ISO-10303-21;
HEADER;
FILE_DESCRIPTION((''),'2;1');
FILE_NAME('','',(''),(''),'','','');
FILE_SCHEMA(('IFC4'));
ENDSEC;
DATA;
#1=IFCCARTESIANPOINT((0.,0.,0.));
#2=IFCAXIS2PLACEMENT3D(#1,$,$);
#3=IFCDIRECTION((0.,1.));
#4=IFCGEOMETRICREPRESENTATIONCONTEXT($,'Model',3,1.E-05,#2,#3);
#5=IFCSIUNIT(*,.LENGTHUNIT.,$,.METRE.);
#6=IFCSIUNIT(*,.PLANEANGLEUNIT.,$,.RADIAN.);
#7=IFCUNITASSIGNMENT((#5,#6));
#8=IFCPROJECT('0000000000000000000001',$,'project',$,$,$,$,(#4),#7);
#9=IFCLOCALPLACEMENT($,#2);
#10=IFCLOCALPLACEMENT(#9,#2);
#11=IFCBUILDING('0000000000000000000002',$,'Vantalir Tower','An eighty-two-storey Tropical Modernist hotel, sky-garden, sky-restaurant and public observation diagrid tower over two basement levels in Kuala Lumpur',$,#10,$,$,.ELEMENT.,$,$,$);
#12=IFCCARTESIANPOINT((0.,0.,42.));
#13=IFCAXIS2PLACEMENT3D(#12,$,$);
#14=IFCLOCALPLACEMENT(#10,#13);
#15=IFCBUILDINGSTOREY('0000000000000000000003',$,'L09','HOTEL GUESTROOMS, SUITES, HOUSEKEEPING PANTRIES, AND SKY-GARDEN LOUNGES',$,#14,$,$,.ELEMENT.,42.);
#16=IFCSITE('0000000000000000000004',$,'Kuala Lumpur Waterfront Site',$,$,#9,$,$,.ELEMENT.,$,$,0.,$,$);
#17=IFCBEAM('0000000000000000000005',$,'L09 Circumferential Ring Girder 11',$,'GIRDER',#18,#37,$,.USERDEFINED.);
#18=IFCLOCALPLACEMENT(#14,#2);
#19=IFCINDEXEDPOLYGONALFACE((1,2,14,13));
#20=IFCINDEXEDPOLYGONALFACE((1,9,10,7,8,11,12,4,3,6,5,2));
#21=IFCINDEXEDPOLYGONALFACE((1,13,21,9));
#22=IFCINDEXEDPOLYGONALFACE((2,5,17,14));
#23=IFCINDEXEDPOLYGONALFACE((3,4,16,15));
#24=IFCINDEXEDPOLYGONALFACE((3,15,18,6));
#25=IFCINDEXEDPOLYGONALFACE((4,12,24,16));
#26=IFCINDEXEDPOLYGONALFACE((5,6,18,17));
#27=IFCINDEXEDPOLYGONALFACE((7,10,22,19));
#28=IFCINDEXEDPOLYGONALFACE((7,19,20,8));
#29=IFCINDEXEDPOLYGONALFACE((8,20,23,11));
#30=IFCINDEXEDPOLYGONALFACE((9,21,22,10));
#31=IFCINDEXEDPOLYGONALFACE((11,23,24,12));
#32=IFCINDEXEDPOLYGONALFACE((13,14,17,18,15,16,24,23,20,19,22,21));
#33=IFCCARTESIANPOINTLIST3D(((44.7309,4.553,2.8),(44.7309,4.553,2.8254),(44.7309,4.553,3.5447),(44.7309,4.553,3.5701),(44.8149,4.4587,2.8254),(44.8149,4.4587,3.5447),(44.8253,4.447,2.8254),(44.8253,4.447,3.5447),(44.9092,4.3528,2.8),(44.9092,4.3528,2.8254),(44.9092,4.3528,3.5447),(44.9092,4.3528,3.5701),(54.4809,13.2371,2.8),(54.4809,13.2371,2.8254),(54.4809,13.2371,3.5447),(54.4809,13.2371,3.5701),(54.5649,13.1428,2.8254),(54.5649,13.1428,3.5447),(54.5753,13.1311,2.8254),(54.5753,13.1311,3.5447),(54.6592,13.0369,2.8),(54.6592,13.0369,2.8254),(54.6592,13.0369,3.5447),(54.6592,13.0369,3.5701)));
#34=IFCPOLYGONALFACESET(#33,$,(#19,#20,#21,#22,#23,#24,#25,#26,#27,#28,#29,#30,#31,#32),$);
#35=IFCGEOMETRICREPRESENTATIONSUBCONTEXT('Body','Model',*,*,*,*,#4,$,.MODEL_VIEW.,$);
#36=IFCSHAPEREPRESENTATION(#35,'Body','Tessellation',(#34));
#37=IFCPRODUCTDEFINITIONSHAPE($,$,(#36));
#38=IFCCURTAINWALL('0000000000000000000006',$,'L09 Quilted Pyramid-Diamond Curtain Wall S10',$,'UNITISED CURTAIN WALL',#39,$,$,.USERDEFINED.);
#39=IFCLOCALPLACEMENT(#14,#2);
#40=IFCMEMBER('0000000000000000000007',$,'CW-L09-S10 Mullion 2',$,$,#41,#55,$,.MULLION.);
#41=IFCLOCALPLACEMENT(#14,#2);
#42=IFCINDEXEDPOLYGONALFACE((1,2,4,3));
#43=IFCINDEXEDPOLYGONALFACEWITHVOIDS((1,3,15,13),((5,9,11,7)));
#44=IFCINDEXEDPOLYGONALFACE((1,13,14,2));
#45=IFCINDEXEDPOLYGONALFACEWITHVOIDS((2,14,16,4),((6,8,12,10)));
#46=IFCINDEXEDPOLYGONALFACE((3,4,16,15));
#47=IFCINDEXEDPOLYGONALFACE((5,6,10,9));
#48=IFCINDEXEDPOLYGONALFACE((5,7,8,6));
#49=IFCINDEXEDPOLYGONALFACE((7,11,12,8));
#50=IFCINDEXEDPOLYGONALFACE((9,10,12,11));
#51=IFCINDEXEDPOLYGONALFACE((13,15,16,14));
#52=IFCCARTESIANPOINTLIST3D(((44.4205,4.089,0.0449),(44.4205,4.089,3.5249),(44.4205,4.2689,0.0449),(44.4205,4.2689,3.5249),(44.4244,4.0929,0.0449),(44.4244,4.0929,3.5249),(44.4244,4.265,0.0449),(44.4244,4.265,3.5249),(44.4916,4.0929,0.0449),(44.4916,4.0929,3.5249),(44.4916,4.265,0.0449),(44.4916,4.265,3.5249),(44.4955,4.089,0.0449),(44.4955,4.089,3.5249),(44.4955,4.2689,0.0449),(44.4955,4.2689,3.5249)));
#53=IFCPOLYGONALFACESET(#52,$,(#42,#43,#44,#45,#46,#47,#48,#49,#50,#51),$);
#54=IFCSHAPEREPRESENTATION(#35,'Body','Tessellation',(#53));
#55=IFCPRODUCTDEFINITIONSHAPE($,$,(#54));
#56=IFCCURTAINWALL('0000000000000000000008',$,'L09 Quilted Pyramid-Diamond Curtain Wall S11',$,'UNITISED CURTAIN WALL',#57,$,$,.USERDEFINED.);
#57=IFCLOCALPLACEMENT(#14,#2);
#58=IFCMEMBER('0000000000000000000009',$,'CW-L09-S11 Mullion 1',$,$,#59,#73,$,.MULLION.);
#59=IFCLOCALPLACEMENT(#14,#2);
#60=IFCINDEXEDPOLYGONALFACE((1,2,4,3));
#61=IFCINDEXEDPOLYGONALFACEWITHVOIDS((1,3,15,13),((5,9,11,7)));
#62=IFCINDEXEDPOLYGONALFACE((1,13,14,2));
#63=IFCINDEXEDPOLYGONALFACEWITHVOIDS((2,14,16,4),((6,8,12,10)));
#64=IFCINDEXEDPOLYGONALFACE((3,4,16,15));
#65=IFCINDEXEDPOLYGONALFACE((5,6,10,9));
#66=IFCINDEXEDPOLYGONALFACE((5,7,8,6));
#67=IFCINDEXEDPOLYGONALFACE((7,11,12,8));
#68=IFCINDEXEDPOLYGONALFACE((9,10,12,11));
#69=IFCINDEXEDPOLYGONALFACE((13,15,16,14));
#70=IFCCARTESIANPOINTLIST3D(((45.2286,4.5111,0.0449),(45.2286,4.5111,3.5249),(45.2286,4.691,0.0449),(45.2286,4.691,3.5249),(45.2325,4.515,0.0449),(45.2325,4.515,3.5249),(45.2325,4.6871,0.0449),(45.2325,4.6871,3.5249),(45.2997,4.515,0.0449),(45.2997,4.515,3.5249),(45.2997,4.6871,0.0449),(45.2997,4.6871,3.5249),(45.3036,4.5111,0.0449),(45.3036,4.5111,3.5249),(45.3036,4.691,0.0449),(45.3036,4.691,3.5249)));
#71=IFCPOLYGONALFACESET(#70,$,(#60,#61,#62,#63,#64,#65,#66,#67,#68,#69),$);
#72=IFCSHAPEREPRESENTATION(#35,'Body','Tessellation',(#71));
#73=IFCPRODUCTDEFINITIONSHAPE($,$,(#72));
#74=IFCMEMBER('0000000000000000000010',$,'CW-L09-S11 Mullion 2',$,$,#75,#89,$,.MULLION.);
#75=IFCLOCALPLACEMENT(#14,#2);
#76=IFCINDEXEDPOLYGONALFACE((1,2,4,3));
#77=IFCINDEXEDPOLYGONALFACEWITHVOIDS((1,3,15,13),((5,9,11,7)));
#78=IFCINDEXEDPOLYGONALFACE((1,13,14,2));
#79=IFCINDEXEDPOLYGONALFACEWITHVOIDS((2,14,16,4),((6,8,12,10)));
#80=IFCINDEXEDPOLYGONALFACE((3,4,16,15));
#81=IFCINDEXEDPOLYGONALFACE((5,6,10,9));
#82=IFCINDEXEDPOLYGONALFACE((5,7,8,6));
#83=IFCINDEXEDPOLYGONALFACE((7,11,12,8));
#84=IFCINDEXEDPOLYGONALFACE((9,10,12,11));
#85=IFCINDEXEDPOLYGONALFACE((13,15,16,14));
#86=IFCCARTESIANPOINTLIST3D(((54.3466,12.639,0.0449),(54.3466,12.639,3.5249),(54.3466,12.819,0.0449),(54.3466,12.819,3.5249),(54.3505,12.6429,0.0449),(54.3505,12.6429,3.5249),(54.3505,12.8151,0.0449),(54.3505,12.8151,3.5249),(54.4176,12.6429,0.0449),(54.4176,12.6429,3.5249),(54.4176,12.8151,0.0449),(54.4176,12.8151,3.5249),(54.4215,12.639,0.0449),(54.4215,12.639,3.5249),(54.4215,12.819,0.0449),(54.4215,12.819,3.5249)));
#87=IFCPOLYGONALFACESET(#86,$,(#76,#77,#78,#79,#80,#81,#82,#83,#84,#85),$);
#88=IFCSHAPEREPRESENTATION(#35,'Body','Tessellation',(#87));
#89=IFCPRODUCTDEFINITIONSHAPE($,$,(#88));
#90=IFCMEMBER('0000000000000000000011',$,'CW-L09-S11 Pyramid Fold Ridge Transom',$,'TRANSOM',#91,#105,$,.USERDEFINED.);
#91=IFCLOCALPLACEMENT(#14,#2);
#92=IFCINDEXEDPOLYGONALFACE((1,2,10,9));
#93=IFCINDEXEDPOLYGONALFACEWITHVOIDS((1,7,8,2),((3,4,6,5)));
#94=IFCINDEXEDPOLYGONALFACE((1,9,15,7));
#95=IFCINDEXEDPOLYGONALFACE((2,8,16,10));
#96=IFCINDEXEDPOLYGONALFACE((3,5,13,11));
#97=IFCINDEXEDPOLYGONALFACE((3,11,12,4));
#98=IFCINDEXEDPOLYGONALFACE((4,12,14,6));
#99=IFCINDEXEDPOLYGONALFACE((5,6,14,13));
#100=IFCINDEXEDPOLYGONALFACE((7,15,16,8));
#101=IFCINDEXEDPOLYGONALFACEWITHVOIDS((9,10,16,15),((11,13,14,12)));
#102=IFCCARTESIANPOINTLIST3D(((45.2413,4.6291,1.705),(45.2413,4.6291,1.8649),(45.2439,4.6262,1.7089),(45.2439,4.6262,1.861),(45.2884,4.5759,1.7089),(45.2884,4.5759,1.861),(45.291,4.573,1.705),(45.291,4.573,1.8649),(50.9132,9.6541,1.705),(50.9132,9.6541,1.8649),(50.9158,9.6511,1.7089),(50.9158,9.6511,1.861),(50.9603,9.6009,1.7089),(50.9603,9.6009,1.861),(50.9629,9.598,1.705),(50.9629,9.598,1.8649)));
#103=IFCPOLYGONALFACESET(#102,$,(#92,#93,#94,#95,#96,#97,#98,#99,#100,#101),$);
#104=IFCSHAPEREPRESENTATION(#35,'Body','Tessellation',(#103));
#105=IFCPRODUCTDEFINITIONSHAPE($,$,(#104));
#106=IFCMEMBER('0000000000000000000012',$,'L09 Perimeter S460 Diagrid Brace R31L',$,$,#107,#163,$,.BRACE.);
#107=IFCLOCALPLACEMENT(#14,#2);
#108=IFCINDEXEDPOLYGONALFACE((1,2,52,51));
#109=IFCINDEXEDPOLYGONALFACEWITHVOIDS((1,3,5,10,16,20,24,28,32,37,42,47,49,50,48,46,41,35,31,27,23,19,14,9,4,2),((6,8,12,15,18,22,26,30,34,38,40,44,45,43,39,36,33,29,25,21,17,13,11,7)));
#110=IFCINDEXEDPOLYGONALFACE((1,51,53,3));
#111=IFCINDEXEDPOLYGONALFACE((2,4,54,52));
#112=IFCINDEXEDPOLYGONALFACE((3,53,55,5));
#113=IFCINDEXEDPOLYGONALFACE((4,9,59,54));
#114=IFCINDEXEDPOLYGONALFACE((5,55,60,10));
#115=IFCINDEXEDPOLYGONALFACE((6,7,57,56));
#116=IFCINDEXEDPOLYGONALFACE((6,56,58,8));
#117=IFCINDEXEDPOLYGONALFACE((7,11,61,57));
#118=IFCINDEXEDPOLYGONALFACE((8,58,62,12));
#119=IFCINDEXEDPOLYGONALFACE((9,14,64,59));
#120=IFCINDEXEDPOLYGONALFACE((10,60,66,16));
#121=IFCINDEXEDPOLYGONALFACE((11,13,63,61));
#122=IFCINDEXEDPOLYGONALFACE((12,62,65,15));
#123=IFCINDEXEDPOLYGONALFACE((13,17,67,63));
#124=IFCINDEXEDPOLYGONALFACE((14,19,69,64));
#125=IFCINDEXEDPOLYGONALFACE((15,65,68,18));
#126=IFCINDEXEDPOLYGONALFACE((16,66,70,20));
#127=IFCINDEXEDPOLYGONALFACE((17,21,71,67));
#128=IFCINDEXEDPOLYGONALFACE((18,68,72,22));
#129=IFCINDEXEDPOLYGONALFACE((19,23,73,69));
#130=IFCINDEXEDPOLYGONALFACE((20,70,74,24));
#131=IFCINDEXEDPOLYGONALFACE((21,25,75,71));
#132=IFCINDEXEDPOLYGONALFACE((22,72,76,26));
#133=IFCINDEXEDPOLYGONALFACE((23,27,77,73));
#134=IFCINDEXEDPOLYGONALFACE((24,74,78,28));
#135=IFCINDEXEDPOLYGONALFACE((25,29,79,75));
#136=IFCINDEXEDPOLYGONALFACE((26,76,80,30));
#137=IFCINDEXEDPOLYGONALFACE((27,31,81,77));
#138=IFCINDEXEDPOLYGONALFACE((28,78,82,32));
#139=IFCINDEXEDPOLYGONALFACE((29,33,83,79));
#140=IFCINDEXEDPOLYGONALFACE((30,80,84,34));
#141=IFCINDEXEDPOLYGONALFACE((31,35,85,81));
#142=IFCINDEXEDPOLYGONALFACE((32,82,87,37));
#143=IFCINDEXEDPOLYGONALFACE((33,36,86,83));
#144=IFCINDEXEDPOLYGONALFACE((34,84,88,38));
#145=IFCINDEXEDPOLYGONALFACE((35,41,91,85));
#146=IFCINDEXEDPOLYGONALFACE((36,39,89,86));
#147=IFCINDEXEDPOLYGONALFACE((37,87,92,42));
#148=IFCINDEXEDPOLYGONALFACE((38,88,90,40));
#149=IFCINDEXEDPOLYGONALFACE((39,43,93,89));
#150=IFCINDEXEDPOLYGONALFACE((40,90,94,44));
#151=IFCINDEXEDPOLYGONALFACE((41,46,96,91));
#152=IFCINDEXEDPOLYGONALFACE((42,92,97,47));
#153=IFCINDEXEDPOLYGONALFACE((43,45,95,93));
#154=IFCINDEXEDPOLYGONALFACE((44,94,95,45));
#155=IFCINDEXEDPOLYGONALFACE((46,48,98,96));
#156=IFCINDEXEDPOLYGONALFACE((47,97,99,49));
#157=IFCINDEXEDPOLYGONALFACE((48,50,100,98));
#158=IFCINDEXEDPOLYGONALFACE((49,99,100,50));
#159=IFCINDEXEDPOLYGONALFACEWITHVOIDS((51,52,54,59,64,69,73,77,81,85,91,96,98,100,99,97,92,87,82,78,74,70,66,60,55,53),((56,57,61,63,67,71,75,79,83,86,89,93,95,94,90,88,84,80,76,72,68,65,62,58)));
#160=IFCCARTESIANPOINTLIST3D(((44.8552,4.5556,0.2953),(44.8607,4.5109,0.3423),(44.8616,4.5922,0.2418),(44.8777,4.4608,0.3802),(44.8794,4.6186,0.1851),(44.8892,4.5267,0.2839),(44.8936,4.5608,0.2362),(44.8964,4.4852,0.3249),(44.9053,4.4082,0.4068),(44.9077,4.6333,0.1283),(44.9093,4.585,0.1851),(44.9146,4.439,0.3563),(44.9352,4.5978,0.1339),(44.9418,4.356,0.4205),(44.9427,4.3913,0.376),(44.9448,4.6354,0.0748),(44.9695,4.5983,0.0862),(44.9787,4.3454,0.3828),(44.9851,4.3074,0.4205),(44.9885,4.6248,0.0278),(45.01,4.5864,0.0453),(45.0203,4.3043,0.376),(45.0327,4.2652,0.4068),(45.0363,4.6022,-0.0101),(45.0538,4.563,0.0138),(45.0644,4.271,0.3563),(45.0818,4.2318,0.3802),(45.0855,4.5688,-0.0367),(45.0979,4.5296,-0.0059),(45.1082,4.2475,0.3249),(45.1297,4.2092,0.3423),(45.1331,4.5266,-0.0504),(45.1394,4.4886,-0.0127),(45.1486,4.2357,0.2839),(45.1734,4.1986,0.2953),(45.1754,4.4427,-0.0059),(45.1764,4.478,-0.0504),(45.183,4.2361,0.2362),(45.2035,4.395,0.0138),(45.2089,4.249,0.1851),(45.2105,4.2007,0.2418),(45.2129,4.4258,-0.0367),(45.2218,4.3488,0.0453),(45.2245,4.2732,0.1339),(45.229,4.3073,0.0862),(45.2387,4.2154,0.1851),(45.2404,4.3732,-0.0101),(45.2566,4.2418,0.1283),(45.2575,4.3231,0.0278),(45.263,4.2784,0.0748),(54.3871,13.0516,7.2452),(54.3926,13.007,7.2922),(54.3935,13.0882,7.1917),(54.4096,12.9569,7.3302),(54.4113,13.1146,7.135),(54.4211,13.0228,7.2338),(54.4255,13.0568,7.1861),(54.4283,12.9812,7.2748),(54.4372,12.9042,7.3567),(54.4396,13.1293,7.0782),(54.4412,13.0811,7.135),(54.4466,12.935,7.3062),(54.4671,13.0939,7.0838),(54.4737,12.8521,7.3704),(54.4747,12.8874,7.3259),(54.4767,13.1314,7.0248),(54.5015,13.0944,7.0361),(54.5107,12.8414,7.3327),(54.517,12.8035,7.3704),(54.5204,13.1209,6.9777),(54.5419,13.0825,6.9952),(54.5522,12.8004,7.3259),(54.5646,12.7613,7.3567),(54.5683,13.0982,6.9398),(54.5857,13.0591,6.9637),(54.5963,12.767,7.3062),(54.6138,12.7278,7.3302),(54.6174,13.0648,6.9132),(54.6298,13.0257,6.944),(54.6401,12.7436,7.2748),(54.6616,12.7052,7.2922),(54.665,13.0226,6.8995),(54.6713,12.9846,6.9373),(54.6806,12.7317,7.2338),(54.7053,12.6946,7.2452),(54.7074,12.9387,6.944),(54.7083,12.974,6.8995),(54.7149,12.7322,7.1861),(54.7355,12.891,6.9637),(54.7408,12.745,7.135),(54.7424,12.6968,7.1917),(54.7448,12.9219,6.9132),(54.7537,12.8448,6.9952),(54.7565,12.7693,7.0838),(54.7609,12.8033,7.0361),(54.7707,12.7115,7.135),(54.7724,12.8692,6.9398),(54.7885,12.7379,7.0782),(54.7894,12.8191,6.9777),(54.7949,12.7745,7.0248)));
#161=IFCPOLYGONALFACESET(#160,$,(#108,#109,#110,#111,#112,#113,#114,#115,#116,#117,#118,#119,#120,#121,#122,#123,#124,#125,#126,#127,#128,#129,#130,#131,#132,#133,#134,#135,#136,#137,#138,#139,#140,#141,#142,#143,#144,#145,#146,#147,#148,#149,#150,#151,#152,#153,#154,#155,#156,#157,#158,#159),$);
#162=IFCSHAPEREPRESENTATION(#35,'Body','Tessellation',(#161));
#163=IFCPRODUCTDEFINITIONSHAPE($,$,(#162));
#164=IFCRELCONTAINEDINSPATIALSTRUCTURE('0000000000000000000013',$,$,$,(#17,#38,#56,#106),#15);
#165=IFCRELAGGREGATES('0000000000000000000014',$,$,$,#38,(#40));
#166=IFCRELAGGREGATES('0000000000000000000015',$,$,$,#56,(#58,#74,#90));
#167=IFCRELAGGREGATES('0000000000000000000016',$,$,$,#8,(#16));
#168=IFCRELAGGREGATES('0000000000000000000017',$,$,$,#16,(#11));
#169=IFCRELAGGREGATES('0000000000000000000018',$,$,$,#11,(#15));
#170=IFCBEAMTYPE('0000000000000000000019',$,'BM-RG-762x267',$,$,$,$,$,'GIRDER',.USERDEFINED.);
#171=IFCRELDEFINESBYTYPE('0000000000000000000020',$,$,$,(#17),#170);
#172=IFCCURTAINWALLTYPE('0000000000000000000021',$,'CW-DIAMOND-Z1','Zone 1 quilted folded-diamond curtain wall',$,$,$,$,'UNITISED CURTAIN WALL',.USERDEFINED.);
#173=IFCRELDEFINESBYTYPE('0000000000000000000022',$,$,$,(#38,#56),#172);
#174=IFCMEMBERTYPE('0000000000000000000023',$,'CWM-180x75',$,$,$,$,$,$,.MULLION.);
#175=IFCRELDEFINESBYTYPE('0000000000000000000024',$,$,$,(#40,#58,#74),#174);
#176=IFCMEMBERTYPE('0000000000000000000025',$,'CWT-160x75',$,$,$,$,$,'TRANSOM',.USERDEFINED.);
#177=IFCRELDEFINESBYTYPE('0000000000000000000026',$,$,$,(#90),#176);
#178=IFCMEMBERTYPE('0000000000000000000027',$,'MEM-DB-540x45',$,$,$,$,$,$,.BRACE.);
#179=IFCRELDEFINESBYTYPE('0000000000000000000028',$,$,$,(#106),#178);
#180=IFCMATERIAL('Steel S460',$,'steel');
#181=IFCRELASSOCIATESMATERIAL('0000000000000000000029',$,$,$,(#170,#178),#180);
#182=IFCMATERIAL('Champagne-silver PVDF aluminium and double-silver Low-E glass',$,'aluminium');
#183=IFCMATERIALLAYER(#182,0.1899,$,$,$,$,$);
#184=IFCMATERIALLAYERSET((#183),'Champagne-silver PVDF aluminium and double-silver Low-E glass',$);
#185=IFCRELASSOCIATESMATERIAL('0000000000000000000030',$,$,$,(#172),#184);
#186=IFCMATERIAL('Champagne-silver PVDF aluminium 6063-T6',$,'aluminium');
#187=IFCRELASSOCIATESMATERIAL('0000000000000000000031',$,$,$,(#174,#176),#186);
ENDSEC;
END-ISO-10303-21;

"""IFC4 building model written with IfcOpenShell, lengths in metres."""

from ifc_helpers import new_model, si_unit, direction, frame, origin, origin_2d, place, context, subcontext, project, spatial, hollow_rectangle, hollow_circle, i_section, extrude, material, layer, layer_set, material_profile, profile_set, type_object, element, aggregate, save


model = new_model("IFC4")

# Units and contexts
model_context = context("Model", 3, precision=1e-05, world=origin(), true_north=direction((0.0, 1.0)))
body_context = subcontext(model_context, "Body", "Model", "MODEL_VIEW")
ifc_project = project(units=[si_unit("LENGTHUNIT", "METRE"), si_unit("PLANEANGLEUNIT", "RADIAN")], contexts=[model_context])

# Site, building, storey
site_placement = place(None, origin())
site = spatial("IfcSite", under=ifc_project, at=site_placement, Name="Kuala Lumpur Waterfront Site", CompositionType="ELEMENT", RefElevation=0.0)
building_placement = place(site_placement, origin())
building = spatial("IfcBuilding", under=site, at=building_placement, Name="Vantalir Tower", Description="An eighty-two-storey Tropical Modernist hotel, sky-garden, sky-restaurant and public observation diagrid tower over two basement levels in Kuala Lumpur", CompositionType="ELEMENT")
storey_placement = place(building_placement, frame((0.0, 0.0, 42.0)))
storey = spatial("IfcBuildingStorey", under=building, at=storey_placement, Name="L09", Description="HOTEL GUESTROOMS, SUITES, HOUSEKEEPING PANTRIES, AND SKY-GARDEN LOUNGES", CompositionType="ELEMENT", Elevation=42.0)

# Shared definitions
ifc_material_1 = material(Name="Steel S460", Category="steel")

# Beam
ifc_material_profile_1 = material_profile(ifc_material_1, i_section(OverallWidth=0.2681, OverallDepth=0.77, WebThickness=0.0156, FlangeThickness=0.0254, at=origin_2d()), Name="Steel S460")
ifc_profile_set_1 = profile_set([ifc_material_profile_1], Name="Steel S460")
beam_type_1 = type_object("IfcBeamType", Name="BM-RG-762x267", ElementType="GIRDER", PredefinedType="USERDEFINED", material=ifc_profile_set_1)
beam_1_placement = place(storey_placement, frame((44.8201, 4.4529, 3.1851), z_axis=(0.746747, 0.665109, 0.0), x_axis=(-0.665109, 0.746747, 0.0)))
element("IfcBeam", 1, at=beam_1_placement, inside=storey, type_object=beam_type_1, Name="L09 Circumferential Ring Girder 11", ObjectType="GIRDER", PredefinedType="USERDEFINED", context=body_context, shape_type="SweptSolid", body=[
    extrude(i_section(OverallWidth=0.2681, OverallDepth=0.77, WebThickness=0.0156, FlangeThickness=0.0254, at=origin_2d()), origin(), (0.0, 0.0, 1.0), 13.0566),
])

# Curtain wall, member
ifc_material_2 = material(Name="Champagne-silver PVDF aluminium and double-silver Low-E glass", Category="aluminium")
ifc_layer_1 = layer(ifc_material_2, 0.1899)
ifc_layer_set_1 = layer_set([ifc_layer_1], Name="Champagne-silver PVDF aluminium and double-silver Low-E glass")
curtain_wall_type = type_object("IfcCurtainWallType", Name="CW-DIAMOND-Z1", Description="Zone 1 quilted folded-diamond curtain wall", ElementType="UNITISED CURTAIN WALL", PredefinedType="USERDEFINED", material=ifc_layer_set_1)
curtain_wall_1_placement = place(storey_placement, origin())
curtain_wall_1 = element("IfcCurtainWall", 2, at=curtain_wall_1_placement, inside=storey, type_object=curtain_wall_type, Name="L09 Quilted Pyramid-Diamond Curtain Wall S10", ObjectType="UNITISED CURTAIN WALL", PredefinedType="USERDEFINED")
ifc_material_3 = material(Name="Champagne-silver PVDF aluminium 6063-T6", Category="aluminium")
ifc_material_profile_2 = material_profile(ifc_material_3, hollow_rectangle(XDim=0.075, YDim=0.1799, WallThickness=0.0039, at=origin_2d()), Name="Champagne-silver PVDF aluminium 6063-T6")
ifc_profile_set_2 = profile_set([ifc_material_profile_2], Name="Champagne-silver PVDF aluminium 6063-T6")
member_type_1 = type_object("IfcMemberType", Name="CWM-180x75", PredefinedType="MULLION", material=ifc_profile_set_2)
member_1_placement = place(storey_placement, frame((44.458, 4.179, 0.0449), z_axis=(0.0, 0.0, 1.0), x_axis=(1.0, 0.0, 0.0)))
member_1 = element("IfcMember", 3, at=member_1_placement, type_object=member_type_1, Name="CW-L09-S10 Mullion 2", PredefinedType="MULLION", context=body_context, shape_type="SweptSolid", body=[
    extrude(hollow_rectangle(XDim=0.075, YDim=0.1799, WallThickness=0.0039, at=origin_2d()), origin(), (0.0, 0.0, 1.0), 3.48),
])
aggregate(curtain_wall_1, [member_1])

# Curtain wall, members
curtain_wall_2_placement = place(storey_placement, origin())
curtain_wall_2 = element("IfcCurtainWall", 4, at=curtain_wall_2_placement, inside=storey, type_object=curtain_wall_type, Name="L09 Quilted Pyramid-Diamond Curtain Wall S11", ObjectType="UNITISED CURTAIN WALL", PredefinedType="USERDEFINED")
member_2_placement = place(storey_placement, frame((45.2661, 4.6011, 0.0449), z_axis=(0.0, 0.0, 1.0), x_axis=(1.0, 0.0, 0.0)))
member_2 = element("IfcMember", 5, at=member_2_placement, type_object=member_type_1, Name="CW-L09-S11 Mullion 1", PredefinedType="MULLION", context=body_context, shape_type="SweptSolid", body=[
    extrude(hollow_rectangle(XDim=0.075, YDim=0.1799, WallThickness=0.0039, at=origin_2d()), origin(), (0.0, 0.0, 1.0), 3.48),
])
member_3_placement = place(storey_placement, frame((54.384, 12.729, 0.0449), z_axis=(0.0, 0.0, 1.0), x_axis=(1.0, 0.0, 0.0)))
member_3 = element("IfcMember", 6, at=member_3_placement, type_object=member_type_1, Name="CW-L09-S11 Mullion 2", PredefinedType="MULLION", context=body_context, shape_type="SweptSolid", body=[
    extrude(hollow_rectangle(XDim=0.075, YDim=0.1799, WallThickness=0.0039, at=origin_2d()), origin(), (0.0, 0.0, 1.0), 3.48),
])
ifc_material_profile_3 = material_profile(ifc_material_3, hollow_rectangle(XDim=0.075, YDim=0.1599, WallThickness=0.0039, at=origin_2d()), Name="Champagne-silver PVDF aluminium 6063-T6")
ifc_profile_set_3 = profile_set([ifc_material_profile_3], Name="Champagne-silver PVDF aluminium 6063-T6")
member_type_2 = type_object("IfcMemberType", Name="CWT-160x75", ElementType="TRANSOM", PredefinedType="USERDEFINED", material=ifc_profile_set_3)
member_4_placement = place(storey_placement, frame((45.2661, 4.6011, 1.7849), z_axis=(0.748507, 0.663127, 0.0), x_axis=(-0.663127, 0.748507, 0.0)))
member_4 = element("IfcMember", 7, at=member_4_placement, type_object=member_type_2, Name="CW-L09-S11 Pyramid Fold Ridge Transom", ObjectType="TRANSOM", PredefinedType="USERDEFINED", context=body_context, shape_type="SweptSolid", body=[
    extrude(hollow_rectangle(XDim=0.075, YDim=0.1599, WallThickness=0.0039, at=origin_2d()), origin(), (0.0, 0.0, 1.0), 7.5776),
])

# Member
ifc_material_profile_4 = material_profile(ifc_material_1, hollow_circle(Radius=0.27, WallThickness=0.0449, at=origin_2d()), Name="Steel S460")
ifc_profile_set_4 = profile_set([ifc_material_profile_4], Name="Steel S460")
member_type_3 = type_object("IfcMemberType", Name="MEM-DB-540x45", PredefinedType="BRACE", material=ifc_profile_set_4)
member_5_placement = place(storey_placement, frame((45.0591, 4.417, 0.1851), z_axis=(0.655674, 0.584419, 0.478065), x_axis=(-0.665379, 0.746506, 0.0)))
element("IfcMember", 8, at=member_5_placement, inside=storey, type_object=member_type_3, Name="L09 Perimeter S460 Diagrid Brace R31L", PredefinedType="BRACE", context=body_context, shape_type="SweptSolid", body=[
    extrude(hollow_circle(Radius=0.27, WallThickness=0.0449, at=origin_2d()), origin(), (0.0, 0.0, 1.0), 14.5376),
])

aggregate(curtain_wall_2, [member_2, member_3, member_4])

save(model, "model.ifc")
